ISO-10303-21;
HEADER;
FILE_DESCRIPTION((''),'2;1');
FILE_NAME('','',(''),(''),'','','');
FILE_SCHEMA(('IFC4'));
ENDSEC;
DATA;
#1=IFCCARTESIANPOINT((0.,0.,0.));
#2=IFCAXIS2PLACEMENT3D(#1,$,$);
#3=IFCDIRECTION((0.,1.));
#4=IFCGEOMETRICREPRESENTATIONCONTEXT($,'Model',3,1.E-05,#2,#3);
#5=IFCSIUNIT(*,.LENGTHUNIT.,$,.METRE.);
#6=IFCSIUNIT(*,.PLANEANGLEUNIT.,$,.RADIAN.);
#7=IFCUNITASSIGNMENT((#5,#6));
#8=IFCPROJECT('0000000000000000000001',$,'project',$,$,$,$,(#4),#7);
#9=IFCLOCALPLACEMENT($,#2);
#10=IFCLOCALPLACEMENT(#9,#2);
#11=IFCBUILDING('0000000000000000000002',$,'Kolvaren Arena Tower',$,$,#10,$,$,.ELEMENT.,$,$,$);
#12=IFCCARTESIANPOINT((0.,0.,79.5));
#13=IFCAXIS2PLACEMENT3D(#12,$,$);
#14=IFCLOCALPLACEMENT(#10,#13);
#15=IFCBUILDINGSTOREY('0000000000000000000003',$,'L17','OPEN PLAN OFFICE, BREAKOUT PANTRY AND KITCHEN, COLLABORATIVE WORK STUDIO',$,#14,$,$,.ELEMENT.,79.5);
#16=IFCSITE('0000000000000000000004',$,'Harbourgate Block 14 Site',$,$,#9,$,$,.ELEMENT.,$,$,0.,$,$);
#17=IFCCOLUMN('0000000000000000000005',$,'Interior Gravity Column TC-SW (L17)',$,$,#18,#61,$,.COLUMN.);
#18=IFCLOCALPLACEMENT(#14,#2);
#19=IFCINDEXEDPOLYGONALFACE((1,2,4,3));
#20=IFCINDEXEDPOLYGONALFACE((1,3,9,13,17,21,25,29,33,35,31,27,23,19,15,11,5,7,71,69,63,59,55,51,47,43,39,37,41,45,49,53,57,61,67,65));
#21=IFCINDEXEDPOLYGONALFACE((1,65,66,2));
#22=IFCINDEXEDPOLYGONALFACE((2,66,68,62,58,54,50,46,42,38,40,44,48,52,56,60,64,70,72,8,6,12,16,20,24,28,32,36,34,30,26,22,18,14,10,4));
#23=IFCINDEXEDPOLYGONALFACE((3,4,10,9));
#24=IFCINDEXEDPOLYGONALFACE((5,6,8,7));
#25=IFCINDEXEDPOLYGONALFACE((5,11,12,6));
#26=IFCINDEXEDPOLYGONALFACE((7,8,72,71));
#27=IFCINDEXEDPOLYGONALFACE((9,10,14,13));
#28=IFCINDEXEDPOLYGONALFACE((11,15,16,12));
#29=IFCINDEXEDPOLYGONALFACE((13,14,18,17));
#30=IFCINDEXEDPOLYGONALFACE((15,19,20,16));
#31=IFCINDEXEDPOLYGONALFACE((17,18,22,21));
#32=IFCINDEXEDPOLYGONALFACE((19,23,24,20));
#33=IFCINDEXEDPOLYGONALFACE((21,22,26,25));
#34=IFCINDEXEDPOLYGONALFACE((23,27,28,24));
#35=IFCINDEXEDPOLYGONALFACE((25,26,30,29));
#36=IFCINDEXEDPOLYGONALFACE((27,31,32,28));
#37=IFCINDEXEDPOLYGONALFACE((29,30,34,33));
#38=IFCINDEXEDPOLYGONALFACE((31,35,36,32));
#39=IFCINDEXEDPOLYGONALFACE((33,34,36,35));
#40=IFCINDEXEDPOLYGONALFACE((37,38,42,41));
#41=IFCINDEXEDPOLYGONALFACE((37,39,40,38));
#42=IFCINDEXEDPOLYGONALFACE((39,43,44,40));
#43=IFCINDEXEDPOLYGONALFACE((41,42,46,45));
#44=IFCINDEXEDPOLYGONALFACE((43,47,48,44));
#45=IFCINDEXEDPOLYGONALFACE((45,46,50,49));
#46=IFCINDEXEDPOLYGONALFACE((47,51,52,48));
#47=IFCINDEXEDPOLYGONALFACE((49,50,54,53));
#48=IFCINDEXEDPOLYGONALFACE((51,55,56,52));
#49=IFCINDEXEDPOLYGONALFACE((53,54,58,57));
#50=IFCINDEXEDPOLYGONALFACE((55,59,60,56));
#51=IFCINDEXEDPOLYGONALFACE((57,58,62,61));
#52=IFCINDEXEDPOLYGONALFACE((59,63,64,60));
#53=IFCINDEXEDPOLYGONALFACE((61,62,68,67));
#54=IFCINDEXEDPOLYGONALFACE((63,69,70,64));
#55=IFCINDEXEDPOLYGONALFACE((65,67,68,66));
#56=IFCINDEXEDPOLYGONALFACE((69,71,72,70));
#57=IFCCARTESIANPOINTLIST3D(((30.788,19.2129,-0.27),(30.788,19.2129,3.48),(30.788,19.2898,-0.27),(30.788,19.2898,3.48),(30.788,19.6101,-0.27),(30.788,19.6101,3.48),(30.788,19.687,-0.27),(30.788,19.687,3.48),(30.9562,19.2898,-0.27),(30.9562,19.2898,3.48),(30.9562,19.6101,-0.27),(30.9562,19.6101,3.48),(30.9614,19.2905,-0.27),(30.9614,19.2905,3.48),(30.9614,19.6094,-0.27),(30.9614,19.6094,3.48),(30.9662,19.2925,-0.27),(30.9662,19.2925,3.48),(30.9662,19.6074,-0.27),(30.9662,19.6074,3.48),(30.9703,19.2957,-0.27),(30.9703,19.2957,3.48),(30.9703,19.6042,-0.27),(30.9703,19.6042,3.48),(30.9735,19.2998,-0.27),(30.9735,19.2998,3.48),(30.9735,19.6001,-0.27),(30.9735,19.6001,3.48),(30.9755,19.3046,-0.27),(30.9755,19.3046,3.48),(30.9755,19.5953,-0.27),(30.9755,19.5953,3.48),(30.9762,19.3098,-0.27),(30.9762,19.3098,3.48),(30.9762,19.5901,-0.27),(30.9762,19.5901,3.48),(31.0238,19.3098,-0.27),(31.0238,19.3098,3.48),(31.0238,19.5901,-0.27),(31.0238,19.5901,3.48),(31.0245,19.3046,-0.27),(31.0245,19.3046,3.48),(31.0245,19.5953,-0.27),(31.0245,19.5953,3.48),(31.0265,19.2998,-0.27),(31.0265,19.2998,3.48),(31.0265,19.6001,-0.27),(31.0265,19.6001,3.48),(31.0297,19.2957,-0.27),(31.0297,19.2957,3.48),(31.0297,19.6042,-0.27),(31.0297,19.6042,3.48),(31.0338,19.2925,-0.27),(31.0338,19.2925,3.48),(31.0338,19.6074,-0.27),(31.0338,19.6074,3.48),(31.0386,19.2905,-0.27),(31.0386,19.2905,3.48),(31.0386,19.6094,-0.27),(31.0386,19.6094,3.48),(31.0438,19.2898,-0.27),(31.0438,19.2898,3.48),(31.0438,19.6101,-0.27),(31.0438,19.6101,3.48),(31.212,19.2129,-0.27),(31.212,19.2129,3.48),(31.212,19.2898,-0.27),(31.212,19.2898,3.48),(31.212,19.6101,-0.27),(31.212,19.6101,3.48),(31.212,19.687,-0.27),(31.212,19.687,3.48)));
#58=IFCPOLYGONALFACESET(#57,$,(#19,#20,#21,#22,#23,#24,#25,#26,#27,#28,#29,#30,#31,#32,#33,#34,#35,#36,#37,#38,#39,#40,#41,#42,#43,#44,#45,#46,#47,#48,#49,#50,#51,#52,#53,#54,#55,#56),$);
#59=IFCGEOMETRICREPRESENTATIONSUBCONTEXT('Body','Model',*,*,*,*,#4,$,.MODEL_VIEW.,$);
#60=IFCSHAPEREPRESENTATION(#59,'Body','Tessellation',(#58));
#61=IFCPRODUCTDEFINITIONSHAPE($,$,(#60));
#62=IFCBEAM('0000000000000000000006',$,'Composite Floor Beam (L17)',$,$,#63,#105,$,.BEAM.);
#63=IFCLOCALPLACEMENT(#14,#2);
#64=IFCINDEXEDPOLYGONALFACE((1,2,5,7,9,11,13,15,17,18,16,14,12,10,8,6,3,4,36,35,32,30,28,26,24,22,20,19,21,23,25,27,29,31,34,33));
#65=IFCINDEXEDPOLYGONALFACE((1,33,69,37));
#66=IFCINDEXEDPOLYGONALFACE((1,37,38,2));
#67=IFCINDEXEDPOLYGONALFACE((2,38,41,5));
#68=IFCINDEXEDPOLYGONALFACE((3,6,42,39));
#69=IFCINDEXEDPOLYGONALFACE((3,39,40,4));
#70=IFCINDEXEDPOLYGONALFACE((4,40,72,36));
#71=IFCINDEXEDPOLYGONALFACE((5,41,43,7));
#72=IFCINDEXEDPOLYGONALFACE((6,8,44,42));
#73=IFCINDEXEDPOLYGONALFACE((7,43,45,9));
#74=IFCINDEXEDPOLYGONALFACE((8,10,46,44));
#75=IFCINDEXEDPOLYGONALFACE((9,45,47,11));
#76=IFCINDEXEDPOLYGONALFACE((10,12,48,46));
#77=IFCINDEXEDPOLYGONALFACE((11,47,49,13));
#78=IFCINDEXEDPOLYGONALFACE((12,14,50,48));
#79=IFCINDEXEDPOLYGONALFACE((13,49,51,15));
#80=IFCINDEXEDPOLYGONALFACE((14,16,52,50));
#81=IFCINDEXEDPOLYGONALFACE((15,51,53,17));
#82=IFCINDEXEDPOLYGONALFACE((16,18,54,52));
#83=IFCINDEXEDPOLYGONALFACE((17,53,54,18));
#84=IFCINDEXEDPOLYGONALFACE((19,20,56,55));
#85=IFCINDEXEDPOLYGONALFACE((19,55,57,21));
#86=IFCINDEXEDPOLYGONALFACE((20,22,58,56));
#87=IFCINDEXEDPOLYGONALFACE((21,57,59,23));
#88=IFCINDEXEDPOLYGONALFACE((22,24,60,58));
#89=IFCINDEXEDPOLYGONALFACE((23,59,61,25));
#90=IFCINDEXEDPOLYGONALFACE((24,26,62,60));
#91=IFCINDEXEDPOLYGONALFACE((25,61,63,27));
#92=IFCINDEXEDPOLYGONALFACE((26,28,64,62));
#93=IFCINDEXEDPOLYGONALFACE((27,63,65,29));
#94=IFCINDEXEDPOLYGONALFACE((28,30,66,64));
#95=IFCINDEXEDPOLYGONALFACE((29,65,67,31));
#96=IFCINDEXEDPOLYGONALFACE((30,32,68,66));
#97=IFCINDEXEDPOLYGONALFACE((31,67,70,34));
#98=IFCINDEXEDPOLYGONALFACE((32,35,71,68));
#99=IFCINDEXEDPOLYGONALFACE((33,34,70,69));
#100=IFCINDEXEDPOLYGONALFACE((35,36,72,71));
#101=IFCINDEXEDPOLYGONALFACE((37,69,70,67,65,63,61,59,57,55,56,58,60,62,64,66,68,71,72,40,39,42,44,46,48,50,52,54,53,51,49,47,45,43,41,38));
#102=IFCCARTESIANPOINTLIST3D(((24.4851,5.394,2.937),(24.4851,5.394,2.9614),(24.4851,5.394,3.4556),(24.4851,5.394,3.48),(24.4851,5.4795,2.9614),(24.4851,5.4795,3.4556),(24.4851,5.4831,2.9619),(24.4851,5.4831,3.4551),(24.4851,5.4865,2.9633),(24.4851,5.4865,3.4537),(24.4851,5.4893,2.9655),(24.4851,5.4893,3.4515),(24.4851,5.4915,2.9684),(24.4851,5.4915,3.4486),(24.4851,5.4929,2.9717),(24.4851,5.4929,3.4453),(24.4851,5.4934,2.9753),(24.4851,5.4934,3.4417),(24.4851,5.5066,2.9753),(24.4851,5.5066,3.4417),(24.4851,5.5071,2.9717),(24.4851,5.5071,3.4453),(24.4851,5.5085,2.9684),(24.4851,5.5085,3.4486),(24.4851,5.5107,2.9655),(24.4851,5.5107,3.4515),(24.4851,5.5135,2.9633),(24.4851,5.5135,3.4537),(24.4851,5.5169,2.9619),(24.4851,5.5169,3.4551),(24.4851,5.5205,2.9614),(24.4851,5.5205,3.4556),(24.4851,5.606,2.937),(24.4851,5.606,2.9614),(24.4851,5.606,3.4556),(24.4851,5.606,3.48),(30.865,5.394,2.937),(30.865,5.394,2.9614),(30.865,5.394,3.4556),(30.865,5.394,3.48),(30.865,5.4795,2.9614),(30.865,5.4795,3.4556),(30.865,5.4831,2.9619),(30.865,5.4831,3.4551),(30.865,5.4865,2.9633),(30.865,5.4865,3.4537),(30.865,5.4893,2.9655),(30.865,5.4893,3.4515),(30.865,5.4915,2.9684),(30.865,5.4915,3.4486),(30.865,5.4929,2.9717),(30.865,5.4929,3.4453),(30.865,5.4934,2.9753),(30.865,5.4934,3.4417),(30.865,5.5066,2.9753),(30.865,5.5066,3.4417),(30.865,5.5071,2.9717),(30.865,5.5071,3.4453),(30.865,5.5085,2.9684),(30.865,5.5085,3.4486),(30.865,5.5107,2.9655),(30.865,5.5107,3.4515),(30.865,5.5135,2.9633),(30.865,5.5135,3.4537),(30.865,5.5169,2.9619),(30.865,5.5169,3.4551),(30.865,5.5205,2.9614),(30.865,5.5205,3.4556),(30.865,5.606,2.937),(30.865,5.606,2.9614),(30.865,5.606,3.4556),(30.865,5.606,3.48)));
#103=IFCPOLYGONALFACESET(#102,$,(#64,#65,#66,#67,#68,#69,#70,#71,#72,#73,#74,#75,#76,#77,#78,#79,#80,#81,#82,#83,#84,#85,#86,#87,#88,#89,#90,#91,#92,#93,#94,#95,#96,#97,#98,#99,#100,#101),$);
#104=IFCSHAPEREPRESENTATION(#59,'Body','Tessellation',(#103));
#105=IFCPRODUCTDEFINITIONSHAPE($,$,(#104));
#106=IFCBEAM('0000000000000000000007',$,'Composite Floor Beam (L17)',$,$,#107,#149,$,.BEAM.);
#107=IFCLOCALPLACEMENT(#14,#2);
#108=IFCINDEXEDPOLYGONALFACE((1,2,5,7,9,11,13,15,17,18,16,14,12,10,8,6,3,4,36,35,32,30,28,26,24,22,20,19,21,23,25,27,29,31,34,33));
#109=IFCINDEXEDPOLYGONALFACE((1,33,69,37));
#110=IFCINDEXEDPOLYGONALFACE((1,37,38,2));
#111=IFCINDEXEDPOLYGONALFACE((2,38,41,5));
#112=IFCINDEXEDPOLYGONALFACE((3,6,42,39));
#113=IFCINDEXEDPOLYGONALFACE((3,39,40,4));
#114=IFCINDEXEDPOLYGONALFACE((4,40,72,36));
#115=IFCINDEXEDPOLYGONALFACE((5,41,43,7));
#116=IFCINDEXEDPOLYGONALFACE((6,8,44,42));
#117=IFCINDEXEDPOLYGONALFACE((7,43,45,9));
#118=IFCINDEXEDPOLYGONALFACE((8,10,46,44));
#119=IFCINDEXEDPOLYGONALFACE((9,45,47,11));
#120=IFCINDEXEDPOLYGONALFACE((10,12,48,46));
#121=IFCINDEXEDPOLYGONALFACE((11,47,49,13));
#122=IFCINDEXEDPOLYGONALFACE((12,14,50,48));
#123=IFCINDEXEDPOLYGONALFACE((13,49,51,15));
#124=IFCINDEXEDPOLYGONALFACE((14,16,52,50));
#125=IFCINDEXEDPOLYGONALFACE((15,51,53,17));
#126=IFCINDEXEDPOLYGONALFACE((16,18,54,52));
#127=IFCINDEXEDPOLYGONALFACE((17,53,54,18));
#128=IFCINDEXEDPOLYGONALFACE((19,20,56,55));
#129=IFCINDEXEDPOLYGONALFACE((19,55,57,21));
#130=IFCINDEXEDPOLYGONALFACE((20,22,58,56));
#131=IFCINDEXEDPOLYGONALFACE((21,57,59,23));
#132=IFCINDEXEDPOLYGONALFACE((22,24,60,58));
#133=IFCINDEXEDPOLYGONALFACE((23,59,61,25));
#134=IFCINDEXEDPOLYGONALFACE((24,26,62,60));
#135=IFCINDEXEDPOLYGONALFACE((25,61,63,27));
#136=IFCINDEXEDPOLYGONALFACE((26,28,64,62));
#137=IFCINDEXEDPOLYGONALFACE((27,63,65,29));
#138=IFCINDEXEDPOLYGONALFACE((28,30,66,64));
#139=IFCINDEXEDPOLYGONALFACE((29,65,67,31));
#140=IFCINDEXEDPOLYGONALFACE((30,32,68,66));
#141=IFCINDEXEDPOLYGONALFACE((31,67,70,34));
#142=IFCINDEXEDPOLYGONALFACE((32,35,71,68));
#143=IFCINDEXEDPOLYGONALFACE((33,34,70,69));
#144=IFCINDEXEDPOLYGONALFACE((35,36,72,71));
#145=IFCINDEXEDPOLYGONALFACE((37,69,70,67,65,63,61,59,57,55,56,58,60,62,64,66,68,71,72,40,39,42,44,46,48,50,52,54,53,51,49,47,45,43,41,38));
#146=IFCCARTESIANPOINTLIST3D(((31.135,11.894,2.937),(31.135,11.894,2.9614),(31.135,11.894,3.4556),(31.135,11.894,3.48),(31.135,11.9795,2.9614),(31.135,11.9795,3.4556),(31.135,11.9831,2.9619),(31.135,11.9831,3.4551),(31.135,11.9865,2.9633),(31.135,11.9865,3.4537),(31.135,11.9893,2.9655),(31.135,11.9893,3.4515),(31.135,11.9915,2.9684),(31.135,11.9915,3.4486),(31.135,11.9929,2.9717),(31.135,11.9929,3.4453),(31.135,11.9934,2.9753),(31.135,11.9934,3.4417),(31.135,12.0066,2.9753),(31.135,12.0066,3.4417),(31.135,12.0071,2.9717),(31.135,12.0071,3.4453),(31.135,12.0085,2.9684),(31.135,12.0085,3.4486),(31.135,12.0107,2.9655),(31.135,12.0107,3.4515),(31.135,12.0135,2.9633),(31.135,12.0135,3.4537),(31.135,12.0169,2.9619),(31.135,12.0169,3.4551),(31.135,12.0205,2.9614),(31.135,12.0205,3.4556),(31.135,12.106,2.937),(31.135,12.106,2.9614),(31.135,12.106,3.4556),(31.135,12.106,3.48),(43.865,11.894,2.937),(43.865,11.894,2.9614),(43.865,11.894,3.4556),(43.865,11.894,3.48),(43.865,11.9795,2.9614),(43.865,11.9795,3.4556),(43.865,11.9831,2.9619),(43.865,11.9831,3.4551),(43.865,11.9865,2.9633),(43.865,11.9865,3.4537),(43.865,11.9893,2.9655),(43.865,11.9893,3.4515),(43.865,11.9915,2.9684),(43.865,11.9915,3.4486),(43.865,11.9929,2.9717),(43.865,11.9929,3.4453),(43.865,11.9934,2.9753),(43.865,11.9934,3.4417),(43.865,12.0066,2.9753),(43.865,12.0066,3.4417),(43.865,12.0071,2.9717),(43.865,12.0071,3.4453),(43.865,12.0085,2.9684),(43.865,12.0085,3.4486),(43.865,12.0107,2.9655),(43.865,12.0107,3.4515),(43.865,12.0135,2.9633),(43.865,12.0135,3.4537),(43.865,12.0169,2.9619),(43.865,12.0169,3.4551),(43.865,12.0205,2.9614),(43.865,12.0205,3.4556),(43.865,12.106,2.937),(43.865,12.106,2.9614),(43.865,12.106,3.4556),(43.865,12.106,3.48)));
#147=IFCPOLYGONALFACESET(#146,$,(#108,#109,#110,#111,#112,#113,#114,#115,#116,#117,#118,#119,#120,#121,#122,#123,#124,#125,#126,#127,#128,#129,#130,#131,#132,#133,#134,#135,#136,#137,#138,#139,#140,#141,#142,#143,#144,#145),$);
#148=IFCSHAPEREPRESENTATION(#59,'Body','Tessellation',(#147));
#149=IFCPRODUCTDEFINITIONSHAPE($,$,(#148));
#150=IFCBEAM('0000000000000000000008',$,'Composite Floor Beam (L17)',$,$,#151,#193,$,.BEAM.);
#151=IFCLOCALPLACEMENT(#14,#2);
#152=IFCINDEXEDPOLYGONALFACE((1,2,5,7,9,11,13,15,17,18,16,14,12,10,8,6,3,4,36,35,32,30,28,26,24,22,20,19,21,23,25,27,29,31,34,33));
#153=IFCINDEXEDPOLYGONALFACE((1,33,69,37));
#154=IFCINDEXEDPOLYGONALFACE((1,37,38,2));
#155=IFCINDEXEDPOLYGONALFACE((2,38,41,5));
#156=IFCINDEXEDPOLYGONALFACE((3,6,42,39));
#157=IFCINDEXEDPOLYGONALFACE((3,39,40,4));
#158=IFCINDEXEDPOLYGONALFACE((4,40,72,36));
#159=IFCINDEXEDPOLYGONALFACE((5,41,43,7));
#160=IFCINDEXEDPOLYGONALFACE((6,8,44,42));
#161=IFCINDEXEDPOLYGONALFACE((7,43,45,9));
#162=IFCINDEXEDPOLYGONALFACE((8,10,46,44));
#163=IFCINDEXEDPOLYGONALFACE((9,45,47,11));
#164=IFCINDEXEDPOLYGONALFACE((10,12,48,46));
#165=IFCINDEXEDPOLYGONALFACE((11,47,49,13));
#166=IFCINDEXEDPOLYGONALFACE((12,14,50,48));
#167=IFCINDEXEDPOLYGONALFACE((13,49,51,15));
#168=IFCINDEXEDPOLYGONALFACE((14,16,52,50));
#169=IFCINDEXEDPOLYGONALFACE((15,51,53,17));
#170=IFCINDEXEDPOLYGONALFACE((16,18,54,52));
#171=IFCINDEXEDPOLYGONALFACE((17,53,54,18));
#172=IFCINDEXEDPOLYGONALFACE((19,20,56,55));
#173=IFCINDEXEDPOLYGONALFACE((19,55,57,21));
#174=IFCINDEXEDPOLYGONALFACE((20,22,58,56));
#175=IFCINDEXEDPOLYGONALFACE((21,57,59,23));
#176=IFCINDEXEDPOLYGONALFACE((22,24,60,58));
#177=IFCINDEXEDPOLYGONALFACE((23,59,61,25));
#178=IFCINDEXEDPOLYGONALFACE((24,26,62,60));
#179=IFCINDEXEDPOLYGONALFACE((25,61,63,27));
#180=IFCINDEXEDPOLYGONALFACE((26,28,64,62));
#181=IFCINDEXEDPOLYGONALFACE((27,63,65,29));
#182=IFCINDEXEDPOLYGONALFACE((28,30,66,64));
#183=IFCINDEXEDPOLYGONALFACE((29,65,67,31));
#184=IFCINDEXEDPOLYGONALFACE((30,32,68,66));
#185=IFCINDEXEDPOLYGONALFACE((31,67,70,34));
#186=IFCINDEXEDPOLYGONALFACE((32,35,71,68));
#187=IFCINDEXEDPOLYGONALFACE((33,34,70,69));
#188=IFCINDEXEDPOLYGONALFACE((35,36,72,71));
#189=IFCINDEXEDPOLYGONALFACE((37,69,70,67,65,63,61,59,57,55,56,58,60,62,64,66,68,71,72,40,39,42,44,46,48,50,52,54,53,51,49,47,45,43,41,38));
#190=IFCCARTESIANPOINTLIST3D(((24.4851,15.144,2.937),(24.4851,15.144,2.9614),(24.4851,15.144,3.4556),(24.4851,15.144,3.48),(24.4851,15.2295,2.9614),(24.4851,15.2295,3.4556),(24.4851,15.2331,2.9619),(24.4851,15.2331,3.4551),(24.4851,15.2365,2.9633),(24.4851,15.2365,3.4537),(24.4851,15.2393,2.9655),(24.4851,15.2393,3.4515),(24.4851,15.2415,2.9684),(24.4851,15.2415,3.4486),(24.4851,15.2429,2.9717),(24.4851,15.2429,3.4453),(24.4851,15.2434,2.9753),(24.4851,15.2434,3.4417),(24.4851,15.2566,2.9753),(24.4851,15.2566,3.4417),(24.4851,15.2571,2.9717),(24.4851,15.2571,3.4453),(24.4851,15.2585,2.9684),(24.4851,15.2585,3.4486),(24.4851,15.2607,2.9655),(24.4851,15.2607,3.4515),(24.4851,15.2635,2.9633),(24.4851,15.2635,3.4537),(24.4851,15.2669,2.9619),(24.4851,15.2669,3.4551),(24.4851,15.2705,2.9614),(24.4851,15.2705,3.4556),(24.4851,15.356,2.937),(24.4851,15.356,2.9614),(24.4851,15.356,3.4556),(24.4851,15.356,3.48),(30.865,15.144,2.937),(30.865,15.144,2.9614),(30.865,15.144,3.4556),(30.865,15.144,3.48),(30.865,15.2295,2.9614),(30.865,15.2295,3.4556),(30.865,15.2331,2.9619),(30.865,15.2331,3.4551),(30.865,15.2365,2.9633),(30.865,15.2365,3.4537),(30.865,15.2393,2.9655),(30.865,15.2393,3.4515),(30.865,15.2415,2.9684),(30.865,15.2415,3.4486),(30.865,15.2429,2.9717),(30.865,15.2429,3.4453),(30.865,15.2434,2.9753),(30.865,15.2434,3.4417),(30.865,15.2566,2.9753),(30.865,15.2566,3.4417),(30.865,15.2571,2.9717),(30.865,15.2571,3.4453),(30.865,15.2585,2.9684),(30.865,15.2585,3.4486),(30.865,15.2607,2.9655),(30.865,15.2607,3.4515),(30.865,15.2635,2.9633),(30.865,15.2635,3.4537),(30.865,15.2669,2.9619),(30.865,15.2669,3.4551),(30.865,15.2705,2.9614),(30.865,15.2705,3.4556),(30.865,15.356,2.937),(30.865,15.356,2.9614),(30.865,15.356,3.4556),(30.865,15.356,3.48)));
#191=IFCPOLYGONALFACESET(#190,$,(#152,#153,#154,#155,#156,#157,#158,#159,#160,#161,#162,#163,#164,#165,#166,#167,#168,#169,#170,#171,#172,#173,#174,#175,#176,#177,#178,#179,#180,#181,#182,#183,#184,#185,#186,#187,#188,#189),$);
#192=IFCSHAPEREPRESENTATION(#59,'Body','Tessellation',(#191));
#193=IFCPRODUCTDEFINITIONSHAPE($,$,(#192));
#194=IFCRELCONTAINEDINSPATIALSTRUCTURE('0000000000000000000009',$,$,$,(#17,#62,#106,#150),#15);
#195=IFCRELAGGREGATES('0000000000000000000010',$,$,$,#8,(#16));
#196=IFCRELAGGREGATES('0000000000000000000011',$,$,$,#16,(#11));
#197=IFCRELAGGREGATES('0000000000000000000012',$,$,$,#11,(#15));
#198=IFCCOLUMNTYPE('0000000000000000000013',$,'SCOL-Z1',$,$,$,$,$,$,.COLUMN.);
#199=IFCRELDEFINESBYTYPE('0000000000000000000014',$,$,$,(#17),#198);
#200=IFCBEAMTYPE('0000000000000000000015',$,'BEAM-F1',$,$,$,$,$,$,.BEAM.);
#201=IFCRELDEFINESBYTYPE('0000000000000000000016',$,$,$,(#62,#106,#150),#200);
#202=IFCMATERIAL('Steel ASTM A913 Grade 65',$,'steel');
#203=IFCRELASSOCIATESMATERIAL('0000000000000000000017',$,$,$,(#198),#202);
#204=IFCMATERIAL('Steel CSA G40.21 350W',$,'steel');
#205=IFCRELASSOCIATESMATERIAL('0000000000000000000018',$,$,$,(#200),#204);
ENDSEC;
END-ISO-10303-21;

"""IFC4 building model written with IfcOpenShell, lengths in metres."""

from ifc_helpers import new_model, si_unit, direction, frame, origin, origin_2d, place, context, subcontext, project, spatial, i_section, extrude, material, material_profile, profile_set, type_object, element, save


model = new_model("IFC4")

# Units and contexts
model_context = context("Model", 3, precision=1e-05, world=origin(), true_north=direction((0.0, 1.0)))
body_context = subcontext(model_context, "Body", "Model", "MODEL_VIEW")
ifc_project = project(units=[si_unit("LENGTHUNIT", "METRE"), si_unit("PLANEANGLEUNIT", "RADIAN")], contexts=[model_context])

# Site, building, storey
site_placement = place(None, origin())
site = spatial("IfcSite", under=ifc_project, at=site_placement, Name="Harbourgate Block 14 Site", CompositionType="ELEMENT", RefElevation=0.0)
building_placement = place(site_placement, origin())
building = spatial("IfcBuilding", under=site, at=building_placement, Name="Kolvaren Arena Tower", CompositionType="ELEMENT")
storey_placement = place(building_placement, frame((0.0, 0.0, 79.5)))
storey = spatial("IfcBuildingStorey", under=building, at=storey_placement, Name="L17", Description="OPEN PLAN OFFICE, BREAKOUT PANTRY AND KITCHEN, COLLABORATIVE WORK STUDIO", CompositionType="ELEMENT", Elevation=79.5)

# Column
ifc_material_1 = material(Name="Steel ASTM A913 Grade 65", Category="steel")
ifc_material_profile_1 = material_profile(ifc_material_1, i_section(OverallWidth=0.4241, OverallDepth=0.4741, WebThickness=0.0476, FlangeThickness=0.0769, FilletRadius=0.02, at=origin_2d()), Name="W360x634")
ifc_profile_set_1 = profile_set([ifc_material_profile_1], Name="Steel ASTM A913 Grade 65")
column_type = type_object("IfcColumnType", Name="SCOL-Z1", PredefinedType="COLUMN", material=ifc_profile_set_1)
column_placement = place(storey_placement, frame((31.0, 19.45, -0.27), z_axis=(0.0, 0.0, 1.0), x_axis=(1.0, 0.0, 0.0)))
element("IfcColumn", 1, at=column_placement, inside=storey, type_object=column_type, Name="Interior Gravity Column TC-SW (L17)", PredefinedType="COLUMN", context=body_context, shape_type="SweptSolid", body=[
    extrude(i_section(OverallWidth=0.4241, OverallDepth=0.4741, WebThickness=0.0476, FlangeThickness=0.0769, FilletRadius=0.02, at=origin_2d()), origin(), (0.0, 0.0, 1.0), 3.75),
])

# Beams
ifc_material_2 = material(Name="Steel CSA G40.21 350W", Category="steel")
ifc_material_profile_2 = material_profile(ifc_material_2, i_section(OverallWidth=0.2119, OverallDepth=0.543, WebThickness=0.0132, FlangeThickness=0.0244, FilletRadius=0.0139, at=origin_2d()), Name="W530x150")
ifc_profile_set_2 = profile_set([ifc_material_profile_2], Name="Steel CSA G40.21 350W")
beam_type_1 = type_object("IfcBeamType", Name="BEAM-F1", PredefinedType="BEAM", material=ifc_profile_set_2)
beam_1_placement = place(storey_placement, frame((24.4851, 5.5, 3.2085), z_axis=(1.0, 0.0, 0.0), x_axis=(0.0, 1.0, 0.0)))
element("IfcBeam", 2, at=beam_1_placement, inside=storey, type_object=beam_type_1, Name="Composite Floor Beam (L17)", PredefinedType="BEAM", context=body_context, shape_type="SweptSolid", body=[
    extrude(i_section(OverallWidth=0.2119, OverallDepth=0.543, WebThickness=0.0132, FlangeThickness=0.0244, FilletRadius=0.0139, at=origin_2d()), origin(), (0.0, 0.0, 1.0), 6.3799),
])
beam_2_placement = place(storey_placement, frame((31.135, 12.0, 3.2085), z_axis=(1.0, 0.0, 0.0), x_axis=(0.0, 1.0, 0.0)))
element("IfcBeam", 3, at=beam_2_placement, inside=storey, type_object=beam_type_1, Name="Composite Floor Beam (L17)", PredefinedType="BEAM", context=body_context, shape_type="SweptSolid", body=[
    extrude(i_section(OverallWidth=0.2119, OverallDepth=0.543, WebThickness=0.0132, FlangeThickness=0.0244, FilletRadius=0.0139, at=origin_2d()), origin(), (0.0, 0.0, 1.0), 12.73),
])
beam_3_placement = place(storey_placement, frame((24.4851, 15.25, 3.2085), z_axis=(1.0, 0.0, 0.0), x_axis=(0.0, 1.0, 0.0)))
element("IfcBeam", 4, at=beam_3_placement, inside=storey, type_object=beam_type_1, Name="Composite Floor Beam (L17)", PredefinedType="BEAM", context=body_context, shape_type="SweptSolid", body=[
    extrude(i_section(OverallWidth=0.2119, OverallDepth=0.543, WebThickness=0.0132, FlangeThickness=0.0244, FilletRadius=0.0139, at=origin_2d()), origin(), (0.0, 0.0, 1.0), 6.3799),
])

save(model, "model.ifc")
